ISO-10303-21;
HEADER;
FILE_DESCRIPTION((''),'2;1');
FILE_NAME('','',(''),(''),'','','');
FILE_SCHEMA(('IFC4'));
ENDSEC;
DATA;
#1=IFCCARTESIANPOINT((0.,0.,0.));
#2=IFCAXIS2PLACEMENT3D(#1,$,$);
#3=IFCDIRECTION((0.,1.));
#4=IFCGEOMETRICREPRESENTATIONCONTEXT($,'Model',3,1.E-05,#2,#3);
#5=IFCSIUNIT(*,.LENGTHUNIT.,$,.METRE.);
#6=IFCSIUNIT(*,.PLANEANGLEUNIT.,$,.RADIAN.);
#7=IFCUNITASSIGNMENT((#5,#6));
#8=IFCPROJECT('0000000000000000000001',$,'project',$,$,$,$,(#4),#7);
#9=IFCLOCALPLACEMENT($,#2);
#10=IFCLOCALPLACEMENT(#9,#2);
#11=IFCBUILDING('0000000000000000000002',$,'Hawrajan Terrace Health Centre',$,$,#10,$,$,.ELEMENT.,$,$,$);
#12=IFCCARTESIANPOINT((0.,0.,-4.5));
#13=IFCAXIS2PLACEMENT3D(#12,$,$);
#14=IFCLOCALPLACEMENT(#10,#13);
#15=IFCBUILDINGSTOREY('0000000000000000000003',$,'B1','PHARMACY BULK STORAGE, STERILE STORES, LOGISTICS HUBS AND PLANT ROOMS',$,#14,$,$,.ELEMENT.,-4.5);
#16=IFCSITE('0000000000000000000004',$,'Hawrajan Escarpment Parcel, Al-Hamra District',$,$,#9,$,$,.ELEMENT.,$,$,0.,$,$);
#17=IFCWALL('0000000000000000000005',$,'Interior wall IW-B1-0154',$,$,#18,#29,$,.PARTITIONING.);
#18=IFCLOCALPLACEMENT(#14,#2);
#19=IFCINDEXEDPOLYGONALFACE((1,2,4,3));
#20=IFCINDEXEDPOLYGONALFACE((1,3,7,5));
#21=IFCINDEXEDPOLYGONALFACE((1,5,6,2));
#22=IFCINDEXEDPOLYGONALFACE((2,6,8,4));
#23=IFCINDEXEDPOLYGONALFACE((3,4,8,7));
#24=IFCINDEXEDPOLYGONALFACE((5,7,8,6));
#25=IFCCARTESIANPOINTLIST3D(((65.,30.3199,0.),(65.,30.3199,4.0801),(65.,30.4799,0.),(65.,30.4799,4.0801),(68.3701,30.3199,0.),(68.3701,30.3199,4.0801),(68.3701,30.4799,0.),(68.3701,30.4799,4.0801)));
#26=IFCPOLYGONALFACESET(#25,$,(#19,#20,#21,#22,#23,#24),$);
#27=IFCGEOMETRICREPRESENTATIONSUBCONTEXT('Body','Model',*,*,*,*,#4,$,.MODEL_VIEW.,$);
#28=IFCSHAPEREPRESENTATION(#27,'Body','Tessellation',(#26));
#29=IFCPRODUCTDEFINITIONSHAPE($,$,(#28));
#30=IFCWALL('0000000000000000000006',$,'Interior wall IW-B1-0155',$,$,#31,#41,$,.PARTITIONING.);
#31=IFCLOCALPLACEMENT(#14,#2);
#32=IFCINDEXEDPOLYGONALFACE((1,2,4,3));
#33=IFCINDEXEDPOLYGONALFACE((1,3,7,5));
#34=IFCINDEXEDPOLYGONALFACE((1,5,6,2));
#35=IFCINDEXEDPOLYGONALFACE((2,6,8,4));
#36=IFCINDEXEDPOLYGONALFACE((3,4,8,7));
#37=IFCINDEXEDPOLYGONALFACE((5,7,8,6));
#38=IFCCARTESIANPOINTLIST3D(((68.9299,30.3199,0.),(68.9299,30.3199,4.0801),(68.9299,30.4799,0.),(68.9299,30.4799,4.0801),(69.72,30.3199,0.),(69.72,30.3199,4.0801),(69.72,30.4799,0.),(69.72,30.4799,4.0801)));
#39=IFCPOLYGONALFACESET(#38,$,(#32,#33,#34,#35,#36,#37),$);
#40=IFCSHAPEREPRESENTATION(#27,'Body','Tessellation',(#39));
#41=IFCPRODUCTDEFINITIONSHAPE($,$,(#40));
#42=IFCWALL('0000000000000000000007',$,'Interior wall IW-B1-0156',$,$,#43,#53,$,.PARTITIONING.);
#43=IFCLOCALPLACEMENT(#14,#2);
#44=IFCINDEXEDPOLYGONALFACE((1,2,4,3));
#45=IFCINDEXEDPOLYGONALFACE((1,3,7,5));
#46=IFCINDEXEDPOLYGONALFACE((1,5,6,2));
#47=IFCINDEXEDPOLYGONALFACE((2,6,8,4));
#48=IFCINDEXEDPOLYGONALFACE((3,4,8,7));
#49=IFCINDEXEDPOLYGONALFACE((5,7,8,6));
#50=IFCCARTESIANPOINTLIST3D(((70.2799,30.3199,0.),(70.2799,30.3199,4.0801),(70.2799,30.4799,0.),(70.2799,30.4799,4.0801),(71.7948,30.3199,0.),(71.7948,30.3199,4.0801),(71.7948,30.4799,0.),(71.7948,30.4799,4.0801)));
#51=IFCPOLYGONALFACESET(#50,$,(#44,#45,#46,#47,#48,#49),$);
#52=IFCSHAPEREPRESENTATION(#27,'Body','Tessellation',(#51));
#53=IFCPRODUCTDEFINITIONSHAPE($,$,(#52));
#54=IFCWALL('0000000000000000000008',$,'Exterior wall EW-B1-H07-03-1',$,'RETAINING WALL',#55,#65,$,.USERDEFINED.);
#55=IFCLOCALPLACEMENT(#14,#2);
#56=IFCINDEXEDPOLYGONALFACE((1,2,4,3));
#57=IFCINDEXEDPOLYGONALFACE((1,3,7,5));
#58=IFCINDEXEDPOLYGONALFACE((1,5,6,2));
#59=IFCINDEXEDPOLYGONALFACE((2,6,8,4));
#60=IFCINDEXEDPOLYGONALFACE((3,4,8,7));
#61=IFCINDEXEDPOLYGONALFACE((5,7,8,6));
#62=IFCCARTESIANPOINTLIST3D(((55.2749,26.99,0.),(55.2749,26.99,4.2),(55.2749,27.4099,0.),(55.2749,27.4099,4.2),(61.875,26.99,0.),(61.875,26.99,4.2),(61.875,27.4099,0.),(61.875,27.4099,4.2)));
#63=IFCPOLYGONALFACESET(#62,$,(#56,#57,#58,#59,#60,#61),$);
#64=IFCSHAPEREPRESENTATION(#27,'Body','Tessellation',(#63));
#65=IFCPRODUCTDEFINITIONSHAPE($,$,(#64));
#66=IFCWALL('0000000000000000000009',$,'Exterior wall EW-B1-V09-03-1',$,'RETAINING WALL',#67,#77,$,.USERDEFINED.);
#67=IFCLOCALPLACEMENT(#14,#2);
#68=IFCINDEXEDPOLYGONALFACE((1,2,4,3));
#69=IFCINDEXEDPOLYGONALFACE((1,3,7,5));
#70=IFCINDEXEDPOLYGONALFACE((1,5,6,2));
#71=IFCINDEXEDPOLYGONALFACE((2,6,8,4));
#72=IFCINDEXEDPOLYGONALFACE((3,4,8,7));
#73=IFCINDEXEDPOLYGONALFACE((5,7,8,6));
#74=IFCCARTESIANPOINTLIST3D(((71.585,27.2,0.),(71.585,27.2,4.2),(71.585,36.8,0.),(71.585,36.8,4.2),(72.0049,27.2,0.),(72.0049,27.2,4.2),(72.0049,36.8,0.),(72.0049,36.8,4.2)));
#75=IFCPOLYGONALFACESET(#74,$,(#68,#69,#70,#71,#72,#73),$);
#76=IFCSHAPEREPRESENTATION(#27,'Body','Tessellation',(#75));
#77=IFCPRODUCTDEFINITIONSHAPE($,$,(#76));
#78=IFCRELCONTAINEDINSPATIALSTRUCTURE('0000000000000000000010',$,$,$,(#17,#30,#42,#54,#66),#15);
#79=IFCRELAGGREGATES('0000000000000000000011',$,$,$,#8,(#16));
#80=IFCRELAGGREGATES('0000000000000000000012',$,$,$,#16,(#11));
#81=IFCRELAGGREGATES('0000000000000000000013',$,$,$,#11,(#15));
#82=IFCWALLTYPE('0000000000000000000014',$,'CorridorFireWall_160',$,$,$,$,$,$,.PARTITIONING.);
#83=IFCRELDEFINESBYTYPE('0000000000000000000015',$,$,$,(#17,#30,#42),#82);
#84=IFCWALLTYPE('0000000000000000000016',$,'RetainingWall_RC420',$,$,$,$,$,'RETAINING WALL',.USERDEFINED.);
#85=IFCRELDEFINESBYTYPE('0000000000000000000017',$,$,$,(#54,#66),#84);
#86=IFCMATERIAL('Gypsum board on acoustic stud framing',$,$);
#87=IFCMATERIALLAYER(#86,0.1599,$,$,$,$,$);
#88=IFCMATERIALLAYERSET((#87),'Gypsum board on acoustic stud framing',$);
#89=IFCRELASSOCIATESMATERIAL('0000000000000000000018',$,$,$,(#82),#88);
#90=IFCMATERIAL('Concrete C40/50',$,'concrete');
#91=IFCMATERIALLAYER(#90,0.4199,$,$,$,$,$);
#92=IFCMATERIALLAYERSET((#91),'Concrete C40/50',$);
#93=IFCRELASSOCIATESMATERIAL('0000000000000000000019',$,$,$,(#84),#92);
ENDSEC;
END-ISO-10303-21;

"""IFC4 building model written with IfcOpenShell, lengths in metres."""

from ifc_helpers import new_model, si_unit, direction, frame, frame_2d, origin, place, context, subcontext, project, spatial, rectangle, extrude, material, layer, layer_set, type_object, element, save


model = new_model("IFC4")

# Units and contexts
model_context = context("Model", 3, precision=1e-05, world=origin(), true_north=direction((0.0, 1.0)))
body_context = subcontext(model_context, "Body", "Model", "MODEL_VIEW")
ifc_project = project(units=[si_unit("LENGTHUNIT", "METRE"), si_unit("PLANEANGLEUNIT", "RADIAN")], contexts=[model_context])

# Site, building, storey
site_placement = place(None, origin())
site = spatial("IfcSite", under=ifc_project, at=site_placement, Name="Hawrajan Escarpment Parcel, Al-Hamra District", CompositionType="ELEMENT", RefElevation=0.0)
building_placement = place(site_placement, origin())
building = spatial("IfcBuilding", under=site, at=building_placement, Name="Hawrajan Terrace Health Centre", CompositionType="ELEMENT")
storey_placement = place(building_placement, frame((0.0, 0.0, -4.5)))
storey = spatial("IfcBuildingStorey", under=building, at=storey_placement, Name="B1", Description="PHARMACY BULK STORAGE, STERILE STORES, LOGISTICS HUBS AND PLANT ROOMS", CompositionType="ELEMENT", Elevation=-4.5)

# Shared definitions
ifc_material_1 = material(Name="Concrete C40/50", Category="concrete")

# Shared definitions
ifc_material_2 = material(Name="Gypsum board on acoustic stud framing")

# Shared definitions
ifc_layer_1 = layer(ifc_material_2, 0.1599)
ifc_layer_set_1 = layer_set([ifc_layer_1], Name="Gypsum board on acoustic stud framing")
wall_type_1 = type_object("IfcWallType", Name="CorridorFireWall_160", PredefinedType="PARTITIONING", material=ifc_layer_set_1)

# Walls
wall_1_placement = place(storey_placement, frame((65.0, 30.3999, 0.0), z_axis=(0.0, 0.0, 1.0), x_axis=(1.0, 0.0, 0.0)))
element("IfcWall", 1, at=wall_1_placement, inside=storey, type_object=wall_type_1, Name="Interior wall IW-B1-0154", PredefinedType="PARTITIONING", context=body_context, shape_type="SweptSolid", body=[
    extrude(rectangle(XDim=3.3701, YDim=0.1599, at=frame_2d((1.6851, 0.0))), origin(), (0.0, 0.0, 1.0), 4.0801),
])
wall_2_placement = place(storey_placement, frame((68.9299, 30.3999, 0.0), z_axis=(0.0, 0.0, 1.0), x_axis=(1.0, 0.0, 0.0)))
element("IfcWall", 2, at=wall_2_placement, inside=storey, type_object=wall_type_1, Name="Interior wall IW-B1-0155", PredefinedType="PARTITIONING", context=body_context, shape_type="SweptSolid", body=[
    extrude(rectangle(XDim=0.79, YDim=0.1599, at=frame_2d((0.395, 0.0))), origin(), (0.0, 0.0, 1.0), 4.0801),
])
wall_3_placement = place(storey_placement, frame((70.28, 30.3999, 0.0), z_axis=(0.0, 0.0, 1.0), x_axis=(1.0, 0.0, 0.0)))
element("IfcWall", 3, at=wall_3_placement, inside=storey, type_object=wall_type_1, Name="Interior wall IW-B1-0156", PredefinedType="PARTITIONING", context=body_context, shape_type="SweptSolid", body=[
    extrude(rectangle(XDim=1.5149, YDim=0.1599, at=frame_2d((0.7573, 0.0))), origin(), (0.0, 0.0, 1.0), 4.0801),
])
ifc_layer_2 = layer(ifc_material_1, 0.4199)
ifc_layer_set_2 = layer_set([ifc_layer_2], Name="Concrete C40/50")
wall_type_2 = type_object("IfcWallType", Name="RetainingWall_RC420", ElementType="RETAINING WALL", PredefinedType="USERDEFINED", material=ifc_layer_set_2)
wall_4_placement = place(storey_placement, frame((55.2749, 27.2, 0.0), z_axis=(0.0, 0.0, 1.0), x_axis=(1.0, 0.0, 0.0)))
element("IfcWall", 4, at=wall_4_placement, inside=storey, type_object=wall_type_2, Name="Exterior wall EW-B1-H07-03-1", ObjectType="RETAINING WALL", PredefinedType="USERDEFINED", context=body_context, shape_type="SweptSolid", body=[
    extrude(rectangle(XDim=6.6001, YDim=0.4199, at=frame_2d((3.3, 0.0))), origin(), (0.0, 0.0, 1.0), 4.2),
])
wall_5_placement = place(storey_placement, frame((71.7949, 27.2, 0.0), z_axis=(0.0, 0.0, 1.0), x_axis=(0.0, 1.0, 0.0)))
element("IfcWall", 5, at=wall_5_placement, inside=storey, type_object=wall_type_2, Name="Exterior wall EW-B1-V09-03-1", ObjectType="RETAINING WALL", PredefinedType="USERDEFINED", context=body_context, shape_type="SweptSolid", body=[
    extrude(rectangle(XDim=9.6001, YDim=0.4199, at=frame_2d((4.8, 0.0))), origin(), (0.0, 0.0, 1.0), 4.2),
])

save(model, "model.ifc")
